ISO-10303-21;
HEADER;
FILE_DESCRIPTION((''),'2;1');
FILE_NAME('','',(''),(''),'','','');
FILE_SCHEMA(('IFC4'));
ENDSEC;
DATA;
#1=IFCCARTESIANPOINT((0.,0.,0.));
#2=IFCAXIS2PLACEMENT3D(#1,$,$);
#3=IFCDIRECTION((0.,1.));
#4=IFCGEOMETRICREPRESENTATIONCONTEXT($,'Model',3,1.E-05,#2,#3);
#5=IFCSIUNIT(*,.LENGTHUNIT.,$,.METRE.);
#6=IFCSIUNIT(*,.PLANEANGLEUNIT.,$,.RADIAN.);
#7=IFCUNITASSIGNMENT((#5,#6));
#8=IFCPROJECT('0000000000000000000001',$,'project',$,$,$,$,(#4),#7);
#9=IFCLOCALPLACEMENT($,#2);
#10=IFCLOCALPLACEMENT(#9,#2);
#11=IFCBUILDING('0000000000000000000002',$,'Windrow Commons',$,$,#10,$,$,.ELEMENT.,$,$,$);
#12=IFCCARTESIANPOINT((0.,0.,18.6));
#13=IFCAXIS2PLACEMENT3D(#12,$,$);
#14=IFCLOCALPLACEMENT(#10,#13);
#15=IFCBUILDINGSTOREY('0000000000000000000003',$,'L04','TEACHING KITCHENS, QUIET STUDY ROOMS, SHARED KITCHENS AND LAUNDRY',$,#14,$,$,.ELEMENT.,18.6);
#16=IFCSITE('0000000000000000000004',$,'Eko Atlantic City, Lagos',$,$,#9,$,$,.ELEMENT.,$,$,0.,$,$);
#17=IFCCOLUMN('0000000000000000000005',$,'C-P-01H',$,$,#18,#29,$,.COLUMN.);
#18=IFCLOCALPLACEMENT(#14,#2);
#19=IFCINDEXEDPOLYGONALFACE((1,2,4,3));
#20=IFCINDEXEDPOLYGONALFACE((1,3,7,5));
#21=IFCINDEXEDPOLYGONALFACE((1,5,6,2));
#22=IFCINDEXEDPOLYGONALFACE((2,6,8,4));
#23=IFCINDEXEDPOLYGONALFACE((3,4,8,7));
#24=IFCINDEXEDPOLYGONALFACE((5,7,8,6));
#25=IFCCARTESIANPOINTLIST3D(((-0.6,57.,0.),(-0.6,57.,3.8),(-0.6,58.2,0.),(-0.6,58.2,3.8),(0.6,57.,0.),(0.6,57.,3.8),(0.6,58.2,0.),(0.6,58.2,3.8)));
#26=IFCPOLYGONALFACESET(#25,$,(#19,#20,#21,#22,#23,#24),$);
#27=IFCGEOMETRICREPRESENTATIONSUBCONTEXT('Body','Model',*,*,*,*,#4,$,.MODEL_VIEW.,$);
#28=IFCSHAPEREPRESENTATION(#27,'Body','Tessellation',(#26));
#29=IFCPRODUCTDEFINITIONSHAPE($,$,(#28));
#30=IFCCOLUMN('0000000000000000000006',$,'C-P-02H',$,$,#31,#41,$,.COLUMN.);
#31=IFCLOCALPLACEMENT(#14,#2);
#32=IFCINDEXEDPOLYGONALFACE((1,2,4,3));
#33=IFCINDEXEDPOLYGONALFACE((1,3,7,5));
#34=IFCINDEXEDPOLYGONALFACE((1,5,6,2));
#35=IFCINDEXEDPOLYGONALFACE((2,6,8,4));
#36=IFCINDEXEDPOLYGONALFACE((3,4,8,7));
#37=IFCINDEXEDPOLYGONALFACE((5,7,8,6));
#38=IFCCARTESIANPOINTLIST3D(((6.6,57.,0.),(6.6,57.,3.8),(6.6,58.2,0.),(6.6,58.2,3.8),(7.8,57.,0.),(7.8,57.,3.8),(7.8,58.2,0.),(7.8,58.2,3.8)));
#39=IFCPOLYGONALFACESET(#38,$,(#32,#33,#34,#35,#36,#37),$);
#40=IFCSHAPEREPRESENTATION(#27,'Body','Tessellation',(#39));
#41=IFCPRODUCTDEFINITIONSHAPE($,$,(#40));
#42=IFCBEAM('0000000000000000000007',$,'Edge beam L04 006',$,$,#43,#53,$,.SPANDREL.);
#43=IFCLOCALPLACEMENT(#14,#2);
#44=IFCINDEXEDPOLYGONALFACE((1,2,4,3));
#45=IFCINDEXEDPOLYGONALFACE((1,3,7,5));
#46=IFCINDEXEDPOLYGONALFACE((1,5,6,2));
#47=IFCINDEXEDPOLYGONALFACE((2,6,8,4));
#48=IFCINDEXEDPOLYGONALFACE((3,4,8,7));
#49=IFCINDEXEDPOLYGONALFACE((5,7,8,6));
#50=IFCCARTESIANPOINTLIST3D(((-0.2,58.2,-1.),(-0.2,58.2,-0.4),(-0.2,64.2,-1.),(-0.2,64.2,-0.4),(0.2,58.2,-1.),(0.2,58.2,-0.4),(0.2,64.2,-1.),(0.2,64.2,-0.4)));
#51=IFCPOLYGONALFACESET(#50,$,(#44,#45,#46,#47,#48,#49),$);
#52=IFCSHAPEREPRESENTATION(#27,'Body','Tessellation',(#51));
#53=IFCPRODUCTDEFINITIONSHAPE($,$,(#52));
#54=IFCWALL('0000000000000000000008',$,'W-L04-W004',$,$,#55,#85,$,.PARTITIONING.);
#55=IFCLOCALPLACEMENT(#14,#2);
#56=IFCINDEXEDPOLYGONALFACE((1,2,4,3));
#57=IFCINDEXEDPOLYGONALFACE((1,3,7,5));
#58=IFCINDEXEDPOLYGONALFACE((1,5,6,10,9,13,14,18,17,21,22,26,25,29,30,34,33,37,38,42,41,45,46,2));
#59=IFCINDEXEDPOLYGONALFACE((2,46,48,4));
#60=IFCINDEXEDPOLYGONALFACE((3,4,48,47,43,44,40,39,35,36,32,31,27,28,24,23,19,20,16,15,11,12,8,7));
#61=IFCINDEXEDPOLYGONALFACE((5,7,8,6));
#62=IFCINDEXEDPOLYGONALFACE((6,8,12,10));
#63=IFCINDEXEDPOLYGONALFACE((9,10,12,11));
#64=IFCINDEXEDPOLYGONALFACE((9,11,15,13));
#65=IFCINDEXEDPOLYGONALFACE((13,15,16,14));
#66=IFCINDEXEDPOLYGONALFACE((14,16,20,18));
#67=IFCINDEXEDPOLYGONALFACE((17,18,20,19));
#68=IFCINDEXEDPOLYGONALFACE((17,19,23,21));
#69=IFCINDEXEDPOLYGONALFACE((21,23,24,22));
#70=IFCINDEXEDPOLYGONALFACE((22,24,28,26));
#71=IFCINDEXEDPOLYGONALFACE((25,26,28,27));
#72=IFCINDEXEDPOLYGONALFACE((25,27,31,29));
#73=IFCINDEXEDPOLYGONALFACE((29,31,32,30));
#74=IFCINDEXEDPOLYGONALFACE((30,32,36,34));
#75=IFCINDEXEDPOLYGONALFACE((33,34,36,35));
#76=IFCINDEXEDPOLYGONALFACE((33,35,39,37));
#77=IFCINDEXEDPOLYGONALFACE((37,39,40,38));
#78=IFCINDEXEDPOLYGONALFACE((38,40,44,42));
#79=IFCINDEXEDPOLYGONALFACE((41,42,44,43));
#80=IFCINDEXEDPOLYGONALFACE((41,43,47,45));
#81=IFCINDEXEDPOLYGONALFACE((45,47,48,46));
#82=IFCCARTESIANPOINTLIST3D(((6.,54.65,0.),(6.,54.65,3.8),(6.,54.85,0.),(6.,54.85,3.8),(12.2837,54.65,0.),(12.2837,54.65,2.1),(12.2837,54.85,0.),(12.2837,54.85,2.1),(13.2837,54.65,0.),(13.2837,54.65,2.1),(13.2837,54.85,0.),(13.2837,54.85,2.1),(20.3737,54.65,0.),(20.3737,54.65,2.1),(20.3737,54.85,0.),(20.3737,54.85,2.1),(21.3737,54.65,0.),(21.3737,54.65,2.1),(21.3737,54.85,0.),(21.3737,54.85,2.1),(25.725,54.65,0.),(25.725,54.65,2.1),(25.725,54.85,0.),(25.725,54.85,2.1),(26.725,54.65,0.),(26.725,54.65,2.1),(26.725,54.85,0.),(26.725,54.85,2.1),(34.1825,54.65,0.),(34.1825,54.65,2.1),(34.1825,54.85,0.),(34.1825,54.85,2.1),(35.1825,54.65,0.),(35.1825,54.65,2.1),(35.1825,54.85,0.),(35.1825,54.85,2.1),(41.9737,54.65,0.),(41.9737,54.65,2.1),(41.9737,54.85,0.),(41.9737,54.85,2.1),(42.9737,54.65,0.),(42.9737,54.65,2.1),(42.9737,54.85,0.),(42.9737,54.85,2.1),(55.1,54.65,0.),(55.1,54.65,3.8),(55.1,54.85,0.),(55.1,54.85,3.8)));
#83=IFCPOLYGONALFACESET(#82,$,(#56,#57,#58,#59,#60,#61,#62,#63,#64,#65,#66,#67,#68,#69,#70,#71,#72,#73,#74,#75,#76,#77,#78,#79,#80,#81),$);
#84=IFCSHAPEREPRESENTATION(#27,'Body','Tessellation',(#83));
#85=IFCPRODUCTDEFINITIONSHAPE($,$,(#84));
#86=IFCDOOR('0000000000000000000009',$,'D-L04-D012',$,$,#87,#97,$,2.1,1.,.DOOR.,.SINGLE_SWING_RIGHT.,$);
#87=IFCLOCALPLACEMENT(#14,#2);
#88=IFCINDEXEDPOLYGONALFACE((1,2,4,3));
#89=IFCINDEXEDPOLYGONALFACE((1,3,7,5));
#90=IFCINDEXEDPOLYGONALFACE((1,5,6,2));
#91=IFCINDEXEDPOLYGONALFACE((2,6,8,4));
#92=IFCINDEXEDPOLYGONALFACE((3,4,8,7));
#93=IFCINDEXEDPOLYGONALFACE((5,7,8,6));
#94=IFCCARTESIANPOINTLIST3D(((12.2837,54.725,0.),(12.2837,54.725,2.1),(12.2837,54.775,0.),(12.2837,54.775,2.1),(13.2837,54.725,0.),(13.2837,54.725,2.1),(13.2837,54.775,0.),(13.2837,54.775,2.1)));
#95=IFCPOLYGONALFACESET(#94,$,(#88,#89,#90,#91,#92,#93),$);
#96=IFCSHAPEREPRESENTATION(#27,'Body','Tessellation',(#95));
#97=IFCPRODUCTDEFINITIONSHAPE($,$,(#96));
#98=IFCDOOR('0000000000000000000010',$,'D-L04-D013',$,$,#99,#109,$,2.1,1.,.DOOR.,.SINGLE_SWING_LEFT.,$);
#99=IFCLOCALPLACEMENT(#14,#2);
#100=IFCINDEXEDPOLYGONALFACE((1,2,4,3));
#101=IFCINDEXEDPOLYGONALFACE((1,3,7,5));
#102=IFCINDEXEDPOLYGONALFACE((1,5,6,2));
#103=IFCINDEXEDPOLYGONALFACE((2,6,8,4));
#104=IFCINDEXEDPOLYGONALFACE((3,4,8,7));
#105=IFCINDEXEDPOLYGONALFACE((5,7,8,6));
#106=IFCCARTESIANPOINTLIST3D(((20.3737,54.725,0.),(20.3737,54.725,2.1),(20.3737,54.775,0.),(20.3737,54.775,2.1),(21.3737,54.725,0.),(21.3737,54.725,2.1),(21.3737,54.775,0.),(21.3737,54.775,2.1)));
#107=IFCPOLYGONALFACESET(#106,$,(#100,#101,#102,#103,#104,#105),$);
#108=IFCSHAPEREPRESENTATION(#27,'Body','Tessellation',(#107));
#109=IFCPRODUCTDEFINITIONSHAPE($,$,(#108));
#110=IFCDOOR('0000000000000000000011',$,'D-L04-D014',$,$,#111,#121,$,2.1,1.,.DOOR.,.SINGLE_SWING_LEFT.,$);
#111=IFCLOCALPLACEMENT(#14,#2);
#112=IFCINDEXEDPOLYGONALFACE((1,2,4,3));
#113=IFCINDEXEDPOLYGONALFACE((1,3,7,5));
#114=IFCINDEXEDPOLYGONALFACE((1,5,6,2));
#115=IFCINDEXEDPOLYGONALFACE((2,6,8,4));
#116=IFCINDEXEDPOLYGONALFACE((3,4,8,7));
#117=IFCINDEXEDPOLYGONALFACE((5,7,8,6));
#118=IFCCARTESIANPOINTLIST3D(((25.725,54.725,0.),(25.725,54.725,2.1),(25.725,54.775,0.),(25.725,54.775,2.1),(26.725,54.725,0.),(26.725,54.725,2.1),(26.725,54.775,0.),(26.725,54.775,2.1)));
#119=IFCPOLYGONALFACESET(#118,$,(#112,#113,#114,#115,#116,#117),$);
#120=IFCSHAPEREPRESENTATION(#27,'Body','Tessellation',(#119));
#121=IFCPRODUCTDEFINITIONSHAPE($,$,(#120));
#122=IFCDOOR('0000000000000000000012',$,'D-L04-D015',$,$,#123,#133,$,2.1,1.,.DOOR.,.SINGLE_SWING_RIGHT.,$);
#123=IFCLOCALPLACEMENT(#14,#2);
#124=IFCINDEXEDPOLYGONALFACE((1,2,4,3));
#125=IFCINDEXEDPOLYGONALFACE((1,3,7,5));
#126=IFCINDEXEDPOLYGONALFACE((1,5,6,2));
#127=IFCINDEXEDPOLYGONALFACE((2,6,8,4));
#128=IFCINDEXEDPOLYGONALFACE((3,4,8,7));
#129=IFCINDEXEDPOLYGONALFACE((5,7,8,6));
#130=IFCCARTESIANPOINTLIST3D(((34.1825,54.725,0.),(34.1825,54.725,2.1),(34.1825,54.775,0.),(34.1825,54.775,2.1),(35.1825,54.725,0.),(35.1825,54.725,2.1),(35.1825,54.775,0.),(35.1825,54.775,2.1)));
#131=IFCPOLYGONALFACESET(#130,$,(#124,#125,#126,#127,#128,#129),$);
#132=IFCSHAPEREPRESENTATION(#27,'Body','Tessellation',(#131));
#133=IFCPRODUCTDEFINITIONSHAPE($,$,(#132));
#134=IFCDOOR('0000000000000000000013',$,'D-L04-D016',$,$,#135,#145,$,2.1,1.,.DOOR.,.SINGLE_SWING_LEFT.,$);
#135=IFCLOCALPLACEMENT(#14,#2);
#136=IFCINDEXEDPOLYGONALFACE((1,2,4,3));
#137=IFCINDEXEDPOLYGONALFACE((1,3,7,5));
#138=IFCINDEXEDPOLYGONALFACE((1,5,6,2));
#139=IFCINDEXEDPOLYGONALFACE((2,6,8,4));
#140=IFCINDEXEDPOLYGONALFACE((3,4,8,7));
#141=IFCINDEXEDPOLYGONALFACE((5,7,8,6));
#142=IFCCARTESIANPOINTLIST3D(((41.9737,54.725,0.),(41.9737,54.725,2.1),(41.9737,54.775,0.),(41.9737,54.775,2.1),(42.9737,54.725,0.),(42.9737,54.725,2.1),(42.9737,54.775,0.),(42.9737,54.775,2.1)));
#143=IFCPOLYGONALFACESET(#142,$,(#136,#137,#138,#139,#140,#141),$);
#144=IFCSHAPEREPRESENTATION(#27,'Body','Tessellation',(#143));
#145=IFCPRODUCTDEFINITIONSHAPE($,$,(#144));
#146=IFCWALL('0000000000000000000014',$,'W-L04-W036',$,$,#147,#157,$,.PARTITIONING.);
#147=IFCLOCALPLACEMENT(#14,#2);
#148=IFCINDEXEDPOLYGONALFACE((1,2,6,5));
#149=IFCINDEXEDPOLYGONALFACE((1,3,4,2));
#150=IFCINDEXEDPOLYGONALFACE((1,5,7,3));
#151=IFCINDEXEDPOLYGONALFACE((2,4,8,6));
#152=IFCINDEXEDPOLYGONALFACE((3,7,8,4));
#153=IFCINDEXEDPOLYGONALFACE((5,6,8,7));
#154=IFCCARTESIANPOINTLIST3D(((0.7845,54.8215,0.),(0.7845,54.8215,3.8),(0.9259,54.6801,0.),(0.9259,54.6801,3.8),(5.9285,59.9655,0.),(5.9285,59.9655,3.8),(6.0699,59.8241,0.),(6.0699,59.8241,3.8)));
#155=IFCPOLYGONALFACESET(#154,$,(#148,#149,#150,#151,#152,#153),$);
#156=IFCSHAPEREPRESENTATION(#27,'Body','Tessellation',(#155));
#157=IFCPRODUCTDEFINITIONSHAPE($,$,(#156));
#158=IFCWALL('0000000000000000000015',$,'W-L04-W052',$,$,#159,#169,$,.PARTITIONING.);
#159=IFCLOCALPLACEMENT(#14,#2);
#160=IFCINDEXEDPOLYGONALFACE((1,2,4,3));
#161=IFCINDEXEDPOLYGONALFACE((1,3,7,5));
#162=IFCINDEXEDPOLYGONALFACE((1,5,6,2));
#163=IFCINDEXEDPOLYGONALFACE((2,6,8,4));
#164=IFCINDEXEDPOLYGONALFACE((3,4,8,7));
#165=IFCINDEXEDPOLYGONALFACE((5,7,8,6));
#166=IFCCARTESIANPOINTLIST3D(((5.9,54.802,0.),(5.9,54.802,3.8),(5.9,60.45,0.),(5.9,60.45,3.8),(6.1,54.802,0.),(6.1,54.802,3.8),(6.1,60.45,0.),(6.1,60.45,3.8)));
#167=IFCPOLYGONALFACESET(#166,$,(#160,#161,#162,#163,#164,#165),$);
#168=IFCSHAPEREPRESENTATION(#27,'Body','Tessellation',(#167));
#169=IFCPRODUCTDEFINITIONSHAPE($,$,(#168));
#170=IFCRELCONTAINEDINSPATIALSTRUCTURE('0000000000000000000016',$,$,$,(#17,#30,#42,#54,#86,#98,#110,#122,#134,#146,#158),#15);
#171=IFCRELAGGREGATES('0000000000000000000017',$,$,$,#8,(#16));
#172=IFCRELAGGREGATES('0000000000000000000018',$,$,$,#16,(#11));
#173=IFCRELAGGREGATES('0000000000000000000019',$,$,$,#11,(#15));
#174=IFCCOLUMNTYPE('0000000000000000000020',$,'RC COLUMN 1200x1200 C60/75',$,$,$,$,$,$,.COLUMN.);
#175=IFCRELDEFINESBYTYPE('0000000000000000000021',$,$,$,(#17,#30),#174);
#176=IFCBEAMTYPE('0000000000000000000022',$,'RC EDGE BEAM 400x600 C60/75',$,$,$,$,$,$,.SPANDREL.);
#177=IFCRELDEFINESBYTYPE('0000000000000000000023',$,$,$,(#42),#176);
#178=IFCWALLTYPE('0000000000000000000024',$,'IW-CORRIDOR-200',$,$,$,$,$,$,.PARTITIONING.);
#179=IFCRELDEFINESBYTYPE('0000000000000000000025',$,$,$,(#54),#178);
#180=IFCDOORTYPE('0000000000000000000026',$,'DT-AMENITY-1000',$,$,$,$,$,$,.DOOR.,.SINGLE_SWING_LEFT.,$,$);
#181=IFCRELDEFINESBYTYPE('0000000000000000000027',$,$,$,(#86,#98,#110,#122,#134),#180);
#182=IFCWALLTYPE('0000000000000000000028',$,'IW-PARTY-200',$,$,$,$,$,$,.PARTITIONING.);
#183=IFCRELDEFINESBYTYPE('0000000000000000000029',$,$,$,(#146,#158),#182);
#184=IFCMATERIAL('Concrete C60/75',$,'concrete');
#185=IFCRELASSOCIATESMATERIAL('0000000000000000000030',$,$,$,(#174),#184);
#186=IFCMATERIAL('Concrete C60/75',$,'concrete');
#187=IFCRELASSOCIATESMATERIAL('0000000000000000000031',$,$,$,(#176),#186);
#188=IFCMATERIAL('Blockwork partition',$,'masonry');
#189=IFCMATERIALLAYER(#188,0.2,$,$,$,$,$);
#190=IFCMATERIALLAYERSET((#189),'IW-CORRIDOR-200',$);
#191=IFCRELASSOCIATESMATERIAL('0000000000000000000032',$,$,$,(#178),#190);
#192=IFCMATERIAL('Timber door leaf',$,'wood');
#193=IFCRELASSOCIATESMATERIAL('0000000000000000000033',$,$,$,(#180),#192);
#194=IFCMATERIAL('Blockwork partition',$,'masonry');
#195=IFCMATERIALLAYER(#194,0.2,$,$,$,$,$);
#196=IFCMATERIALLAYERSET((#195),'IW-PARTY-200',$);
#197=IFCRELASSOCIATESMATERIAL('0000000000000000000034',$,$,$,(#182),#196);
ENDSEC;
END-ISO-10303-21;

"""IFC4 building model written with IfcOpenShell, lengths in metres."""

from ifc_helpers import new_model, si_unit, direction, frame, frame_2d, origin, origin_2d, place, context, subcontext, project, spatial, rectangle, extrude, material, layer, layer_set, material_profile, profile_set, type_object, element, fill, save


model = new_model("IFC4")

# Units and contexts
model_context = context("Model", 3, precision=1e-05, world=origin(), true_north=direction((0.0, 1.0)))
body_context = subcontext(model_context, "Body", "Model", "MODEL_VIEW")
ifc_project = project(units=[si_unit("LENGTHUNIT", "METRE"), si_unit("PLANEANGLEUNIT", "RADIAN")], contexts=[model_context])

# Site, building, storey
site_placement = place(None, origin())
site = spatial("IfcSite", under=ifc_project, at=site_placement, Name="Eko Atlantic City, Lagos", CompositionType="ELEMENT", RefElevation=0.0)
building_placement = place(site_placement, origin())
building = spatial("IfcBuilding", under=site, at=building_placement, Name="Windrow Commons", CompositionType="ELEMENT")
storey_placement = place(building_placement, frame((0.0, 0.0, 18.6)))
storey = spatial("IfcBuildingStorey", under=building, at=storey_placement, Name="L04", Description="TEACHING KITCHENS, QUIET STUDY ROOMS, SHARED KITCHENS AND LAUNDRY", CompositionType="ELEMENT", Elevation=18.6)

# Columns
ifc_material_1 = material(Name="Concrete C60/75", Category="concrete")
ifc_material_profile_1 = material_profile(ifc_material_1, rectangle(XDim=1.2, YDim=1.2, at=origin_2d()))
ifc_profile_set_1 = profile_set([ifc_material_profile_1], Name="Concrete C60/75")
column_type = type_object("IfcColumnType", Name="RC COLUMN 1200x1200 C60/75", PredefinedType="COLUMN", material=ifc_profile_set_1)
for number, where, z_axis, x_axis, name in (
    (1, (0.0, 57.6, 0.0), (0.0, 0.0, 1.0), (1.0, 0.0, 0.0), "C-P-01H"),
    (2, (7.2, 57.6, 0.0), (0.0, 0.0, 1.0), (1.0, 0.0, 0.0), "C-P-02H"),
):
    element("IfcColumn", number, at=place(storey_placement, frame(where, z_axis=z_axis, x_axis=x_axis)), inside=storey, type_object=column_type, Name=name, PredefinedType="COLUMN", context=body_context, shape_type="SweptSolid", body=[
        extrude(rectangle(XDim=1.2, YDim=1.2, at=origin_2d()), origin(), (0.0, 0.0, 1.0), 3.8),
    ])

# Beam
ifc_material_2 = material(Name="Concrete C60/75", Category="concrete")
ifc_material_profile_2 = material_profile(ifc_material_2, rectangle(XDim=0.4, YDim=0.6, at=origin_2d()))
ifc_profile_set_2 = profile_set([ifc_material_profile_2], Name="Concrete C60/75")
beam_type = type_object("IfcBeamType", Name="RC EDGE BEAM 400x600 C60/75", PredefinedType="SPANDREL", material=ifc_profile_set_2)
beam_placement = place(storey_placement, frame((0.0, 58.2, -0.7), z_axis=(0.0, 1.0, 0.0), x_axis=(-1.0, 0.0, 0.0)))
element("IfcBeam", 3, at=beam_placement, inside=storey, type_object=beam_type, Name="Edge beam L04 006", PredefinedType="SPANDREL", context=body_context, shape_type="SweptSolid", body=[
    extrude(rectangle(XDim=0.4, YDim=0.6, at=origin_2d()), origin(), (0.0, 0.0, 1.0), 6.0),
])

# Wall, openings, doors
ifc_material_3 = material(Name="Blockwork partition", Category="masonry")
ifc_layer_1 = layer(ifc_material_3, 0.2)
ifc_layer_set_1 = layer_set([ifc_layer_1], Name="IW-CORRIDOR-200")
wall_type_1 = type_object("IfcWallType", Name="IW-CORRIDOR-200", PredefinedType="PARTITIONING", material=ifc_layer_set_1)
wall_1_placement = place(storey_placement, frame((6.0, 54.75, 0.0), z_axis=(0.0, 0.0, 1.0), x_axis=(1.0, 0.0, 0.0)))
wall_1 = element("IfcWall", 4, at=wall_1_placement, inside=storey, type_object=wall_type_1, Name="W-L04-W004", PredefinedType="PARTITIONING", context=body_context, shape_type="SweptSolid", body=[
    extrude(rectangle(XDim=49.1, YDim=0.2, at=frame_2d((24.55, 0.0))), origin(), (0.0, 0.0, 1.0), 3.8),
])
opening_1_placement = place(wall_1_placement, frame((6.2837, 0.0, 0.0)))
opening_1 = element("IfcOpeningElement", 5, at=opening_1_placement, cuts=wall_1, PredefinedType="OPENING", context=body_context, shape_type="SweptSolid", body=[
    extrude(rectangle(XDim=1.0, YDim=2.1, at=frame_2d((0.5, 1.05))), frame((0.0, 0.11, 0.0), z_axis=(0.0, -1.0, 0.0), x_axis=(1.0, 0.0, 0.0)), (0.0, 0.0, 1.0), 0.22),
])
opening_2_placement = place(wall_1_placement, frame((14.3737, 0.0, 0.0)))
opening_2 = element("IfcOpeningElement", 6, at=opening_2_placement, cuts=wall_1, PredefinedType="OPENING", context=body_context, shape_type="SweptSolid", body=[
    extrude(rectangle(XDim=1.0, YDim=2.1, at=frame_2d((0.5, 1.05))), frame((0.0, 0.11, 0.0), z_axis=(0.0, -1.0, 0.0), x_axis=(1.0, 0.0, 0.0)), (0.0, 0.0, 1.0), 0.22),
])
opening_3_placement = place(wall_1_placement, frame((19.725, 0.0, 0.0)))
opening_3 = element("IfcOpeningElement", 7, at=opening_3_placement, cuts=wall_1, PredefinedType="OPENING", context=body_context, shape_type="SweptSolid", body=[
    extrude(rectangle(XDim=1.0, YDim=2.1, at=frame_2d((0.5, 1.05))), frame((0.0, 0.11, 0.0), z_axis=(0.0, -1.0, 0.0), x_axis=(1.0, 0.0, 0.0)), (0.0, 0.0, 1.0), 0.22),
])
opening_4_placement = place(wall_1_placement, frame((28.1825, 0.0, 0.0)))
opening_4 = element("IfcOpeningElement", 8, at=opening_4_placement, cuts=wall_1, PredefinedType="OPENING", context=body_context, shape_type="SweptSolid", body=[
    extrude(rectangle(XDim=1.0, YDim=2.1, at=frame_2d((0.5, 1.05))), frame((0.0, 0.11, 0.0), z_axis=(0.0, -1.0, 0.0), x_axis=(1.0, 0.0, 0.0)), (0.0, 0.0, 1.0), 0.22),
])
opening_5_placement = place(wall_1_placement, frame((35.9737, 0.0, 0.0)))
opening_5 = element("IfcOpeningElement", 9, at=opening_5_placement, cuts=wall_1, PredefinedType="OPENING", context=body_context, shape_type="SweptSolid", body=[
    extrude(rectangle(XDim=1.0, YDim=2.1, at=frame_2d((0.5, 1.05))), frame((0.0, 0.11, 0.0), z_axis=(0.0, -1.0, 0.0), x_axis=(1.0, 0.0, 0.0)), (0.0, 0.0, 1.0), 0.22),
])
ifc_material_4 = material(Name="Timber door leaf", Category="wood")
door_type = type_object("IfcDoorType", Name="DT-AMENITY-1000", OperationType="SINGLE_SWING_LEFT", PredefinedType="DOOR", material=ifc_material_4)
door_1_placement = place(opening_1_placement, origin())
door_1 = element("IfcDoor", 10, at=door_1_placement, inside=storey, type_object=door_type, Name="D-L04-D012", OperationType="SINGLE_SWING_RIGHT", OverallHeight=2.1, OverallWidth=1.0, PredefinedType="DOOR", context=body_context, shape_type="SweptSolid", body=[
    extrude(rectangle(XDim=1.0, YDim=2.1, at=frame_2d((0.5, 1.05))), frame((0.0, 0.025, 0.0), z_axis=(0.0, -1.0, 0.0), x_axis=(1.0, 0.0, 0.0)), (0.0, 0.0, 1.0), 0.05),
])
fill(opening_1, door_1)
door_2_placement = place(opening_2_placement, origin())
door_2 = element("IfcDoor", 11, at=door_2_placement, inside=storey, type_object=door_type, Name="D-L04-D013", OperationType="SINGLE_SWING_LEFT", OverallHeight=2.1, OverallWidth=1.0, PredefinedType="DOOR", context=body_context, shape_type="SweptSolid", body=[
    extrude(rectangle(XDim=1.0, YDim=2.1, at=frame_2d((0.5, 1.05))), frame((0.0, 0.025, 0.0), z_axis=(0.0, -1.0, 0.0), x_axis=(1.0, 0.0, 0.0)), (0.0, 0.0, 1.0), 0.05),
])
fill(opening_2, door_2)
door_3_placement = place(opening_3_placement, origin())
door_3 = element("IfcDoor", 12, at=door_3_placement, inside=storey, type_object=door_type, Name="D-L04-D014", OperationType="SINGLE_SWING_LEFT", OverallHeight=2.1, OverallWidth=1.0, PredefinedType="DOOR", context=body_context, shape_type="SweptSolid", body=[
    extrude(rectangle(XDim=1.0, YDim=2.1, at=frame_2d((0.5, 1.05))), frame((0.0, 0.025, 0.0), z_axis=(0.0, -1.0, 0.0), x_axis=(1.0, 0.0, 0.0)), (0.0, 0.0, 1.0), 0.05),
])
fill(opening_3, door_3)
door_4_placement = place(opening_4_placement, origin())
door_4 = element("IfcDoor", 13, at=door_4_placement, inside=storey, type_object=door_type, Name="D-L04-D015", OperationType="SINGLE_SWING_RIGHT", OverallHeight=2.1, OverallWidth=1.0, PredefinedType="DOOR", context=body_context, shape_type="SweptSolid", body=[
    extrude(rectangle(XDim=1.0, YDim=2.1, at=frame_2d((0.5, 1.05))), frame((0.0, 0.025, 0.0), z_axis=(0.0, -1.0, 0.0), x_axis=(1.0, 0.0, 0.0)), (0.0, 0.0, 1.0), 0.05),
])
fill(opening_4, door_4)
door_5_placement = place(opening_5_placement, origin())
door_5 = element("IfcDoor", 14, at=door_5_placement, inside=storey, type_object=door_type, Name="D-L04-D016", OperationType="SINGLE_SWING_LEFT", OverallHeight=2.1, OverallWidth=1.0, PredefinedType="DOOR", context=body_context, shape_type="SweptSolid", body=[
    extrude(rectangle(XDim=1.0, YDim=2.1, at=frame_2d((0.5, 1.05))), frame((0.0, 0.025, 0.0), z_axis=(0.0, -1.0, 0.0), x_axis=(1.0, 0.0, 0.0)), (0.0, 0.0, 1.0), 0.05),
])
fill(opening_5, door_5)

# Walls
ifc_material_5 = material(Name="Blockwork partition", Category="masonry")
ifc_layer_2 = layer(ifc_material_5, 0.2)
ifc_layer_set_2 = layer_set([ifc_layer_2], Name="IW-PARTY-200")
wall_type_2 = type_object("IfcWallType", Name="IW-PARTY-200", PredefinedType="PARTITIONING", material=ifc_layer_set_2)
wall_2_placement = place(storey_placement, frame((0.8552, 54.7508, 0.0), z_axis=(0.0, 0.0, 1.0), x_axis=(0.707107, 0.707107, 0.0)))
element("IfcWall", 15, at=wall_2_placement, inside=storey, type_object=wall_type_2, Name="W-L04-W036", PredefinedType="PARTITIONING", context=body_context, shape_type="SweptSolid", body=[
    extrude(rectangle(XDim=7.2747, YDim=0.2, at=frame_2d((3.6374, 0.0))), origin(), (0.0, 0.0, 1.0), 3.8),
])
wall_3_placement = place(storey_placement, frame((6.0, 54.802, 0.0), z_axis=(0.0, 0.0, 1.0), x_axis=(0.0, 1.0, 0.0)))
element("IfcWall", 16, at=wall_3_placement, inside=storey, type_object=wall_type_2, Name="W-L04-W052", PredefinedType="PARTITIONING", context=body_context, shape_type="SweptSolid", body=[
    extrude(rectangle(XDim=5.648, YDim=0.2, at=frame_2d((2.824, 0.0))), origin(), (0.0, 0.0, 1.0), 3.8),
])

save(model, "model.ifc")
